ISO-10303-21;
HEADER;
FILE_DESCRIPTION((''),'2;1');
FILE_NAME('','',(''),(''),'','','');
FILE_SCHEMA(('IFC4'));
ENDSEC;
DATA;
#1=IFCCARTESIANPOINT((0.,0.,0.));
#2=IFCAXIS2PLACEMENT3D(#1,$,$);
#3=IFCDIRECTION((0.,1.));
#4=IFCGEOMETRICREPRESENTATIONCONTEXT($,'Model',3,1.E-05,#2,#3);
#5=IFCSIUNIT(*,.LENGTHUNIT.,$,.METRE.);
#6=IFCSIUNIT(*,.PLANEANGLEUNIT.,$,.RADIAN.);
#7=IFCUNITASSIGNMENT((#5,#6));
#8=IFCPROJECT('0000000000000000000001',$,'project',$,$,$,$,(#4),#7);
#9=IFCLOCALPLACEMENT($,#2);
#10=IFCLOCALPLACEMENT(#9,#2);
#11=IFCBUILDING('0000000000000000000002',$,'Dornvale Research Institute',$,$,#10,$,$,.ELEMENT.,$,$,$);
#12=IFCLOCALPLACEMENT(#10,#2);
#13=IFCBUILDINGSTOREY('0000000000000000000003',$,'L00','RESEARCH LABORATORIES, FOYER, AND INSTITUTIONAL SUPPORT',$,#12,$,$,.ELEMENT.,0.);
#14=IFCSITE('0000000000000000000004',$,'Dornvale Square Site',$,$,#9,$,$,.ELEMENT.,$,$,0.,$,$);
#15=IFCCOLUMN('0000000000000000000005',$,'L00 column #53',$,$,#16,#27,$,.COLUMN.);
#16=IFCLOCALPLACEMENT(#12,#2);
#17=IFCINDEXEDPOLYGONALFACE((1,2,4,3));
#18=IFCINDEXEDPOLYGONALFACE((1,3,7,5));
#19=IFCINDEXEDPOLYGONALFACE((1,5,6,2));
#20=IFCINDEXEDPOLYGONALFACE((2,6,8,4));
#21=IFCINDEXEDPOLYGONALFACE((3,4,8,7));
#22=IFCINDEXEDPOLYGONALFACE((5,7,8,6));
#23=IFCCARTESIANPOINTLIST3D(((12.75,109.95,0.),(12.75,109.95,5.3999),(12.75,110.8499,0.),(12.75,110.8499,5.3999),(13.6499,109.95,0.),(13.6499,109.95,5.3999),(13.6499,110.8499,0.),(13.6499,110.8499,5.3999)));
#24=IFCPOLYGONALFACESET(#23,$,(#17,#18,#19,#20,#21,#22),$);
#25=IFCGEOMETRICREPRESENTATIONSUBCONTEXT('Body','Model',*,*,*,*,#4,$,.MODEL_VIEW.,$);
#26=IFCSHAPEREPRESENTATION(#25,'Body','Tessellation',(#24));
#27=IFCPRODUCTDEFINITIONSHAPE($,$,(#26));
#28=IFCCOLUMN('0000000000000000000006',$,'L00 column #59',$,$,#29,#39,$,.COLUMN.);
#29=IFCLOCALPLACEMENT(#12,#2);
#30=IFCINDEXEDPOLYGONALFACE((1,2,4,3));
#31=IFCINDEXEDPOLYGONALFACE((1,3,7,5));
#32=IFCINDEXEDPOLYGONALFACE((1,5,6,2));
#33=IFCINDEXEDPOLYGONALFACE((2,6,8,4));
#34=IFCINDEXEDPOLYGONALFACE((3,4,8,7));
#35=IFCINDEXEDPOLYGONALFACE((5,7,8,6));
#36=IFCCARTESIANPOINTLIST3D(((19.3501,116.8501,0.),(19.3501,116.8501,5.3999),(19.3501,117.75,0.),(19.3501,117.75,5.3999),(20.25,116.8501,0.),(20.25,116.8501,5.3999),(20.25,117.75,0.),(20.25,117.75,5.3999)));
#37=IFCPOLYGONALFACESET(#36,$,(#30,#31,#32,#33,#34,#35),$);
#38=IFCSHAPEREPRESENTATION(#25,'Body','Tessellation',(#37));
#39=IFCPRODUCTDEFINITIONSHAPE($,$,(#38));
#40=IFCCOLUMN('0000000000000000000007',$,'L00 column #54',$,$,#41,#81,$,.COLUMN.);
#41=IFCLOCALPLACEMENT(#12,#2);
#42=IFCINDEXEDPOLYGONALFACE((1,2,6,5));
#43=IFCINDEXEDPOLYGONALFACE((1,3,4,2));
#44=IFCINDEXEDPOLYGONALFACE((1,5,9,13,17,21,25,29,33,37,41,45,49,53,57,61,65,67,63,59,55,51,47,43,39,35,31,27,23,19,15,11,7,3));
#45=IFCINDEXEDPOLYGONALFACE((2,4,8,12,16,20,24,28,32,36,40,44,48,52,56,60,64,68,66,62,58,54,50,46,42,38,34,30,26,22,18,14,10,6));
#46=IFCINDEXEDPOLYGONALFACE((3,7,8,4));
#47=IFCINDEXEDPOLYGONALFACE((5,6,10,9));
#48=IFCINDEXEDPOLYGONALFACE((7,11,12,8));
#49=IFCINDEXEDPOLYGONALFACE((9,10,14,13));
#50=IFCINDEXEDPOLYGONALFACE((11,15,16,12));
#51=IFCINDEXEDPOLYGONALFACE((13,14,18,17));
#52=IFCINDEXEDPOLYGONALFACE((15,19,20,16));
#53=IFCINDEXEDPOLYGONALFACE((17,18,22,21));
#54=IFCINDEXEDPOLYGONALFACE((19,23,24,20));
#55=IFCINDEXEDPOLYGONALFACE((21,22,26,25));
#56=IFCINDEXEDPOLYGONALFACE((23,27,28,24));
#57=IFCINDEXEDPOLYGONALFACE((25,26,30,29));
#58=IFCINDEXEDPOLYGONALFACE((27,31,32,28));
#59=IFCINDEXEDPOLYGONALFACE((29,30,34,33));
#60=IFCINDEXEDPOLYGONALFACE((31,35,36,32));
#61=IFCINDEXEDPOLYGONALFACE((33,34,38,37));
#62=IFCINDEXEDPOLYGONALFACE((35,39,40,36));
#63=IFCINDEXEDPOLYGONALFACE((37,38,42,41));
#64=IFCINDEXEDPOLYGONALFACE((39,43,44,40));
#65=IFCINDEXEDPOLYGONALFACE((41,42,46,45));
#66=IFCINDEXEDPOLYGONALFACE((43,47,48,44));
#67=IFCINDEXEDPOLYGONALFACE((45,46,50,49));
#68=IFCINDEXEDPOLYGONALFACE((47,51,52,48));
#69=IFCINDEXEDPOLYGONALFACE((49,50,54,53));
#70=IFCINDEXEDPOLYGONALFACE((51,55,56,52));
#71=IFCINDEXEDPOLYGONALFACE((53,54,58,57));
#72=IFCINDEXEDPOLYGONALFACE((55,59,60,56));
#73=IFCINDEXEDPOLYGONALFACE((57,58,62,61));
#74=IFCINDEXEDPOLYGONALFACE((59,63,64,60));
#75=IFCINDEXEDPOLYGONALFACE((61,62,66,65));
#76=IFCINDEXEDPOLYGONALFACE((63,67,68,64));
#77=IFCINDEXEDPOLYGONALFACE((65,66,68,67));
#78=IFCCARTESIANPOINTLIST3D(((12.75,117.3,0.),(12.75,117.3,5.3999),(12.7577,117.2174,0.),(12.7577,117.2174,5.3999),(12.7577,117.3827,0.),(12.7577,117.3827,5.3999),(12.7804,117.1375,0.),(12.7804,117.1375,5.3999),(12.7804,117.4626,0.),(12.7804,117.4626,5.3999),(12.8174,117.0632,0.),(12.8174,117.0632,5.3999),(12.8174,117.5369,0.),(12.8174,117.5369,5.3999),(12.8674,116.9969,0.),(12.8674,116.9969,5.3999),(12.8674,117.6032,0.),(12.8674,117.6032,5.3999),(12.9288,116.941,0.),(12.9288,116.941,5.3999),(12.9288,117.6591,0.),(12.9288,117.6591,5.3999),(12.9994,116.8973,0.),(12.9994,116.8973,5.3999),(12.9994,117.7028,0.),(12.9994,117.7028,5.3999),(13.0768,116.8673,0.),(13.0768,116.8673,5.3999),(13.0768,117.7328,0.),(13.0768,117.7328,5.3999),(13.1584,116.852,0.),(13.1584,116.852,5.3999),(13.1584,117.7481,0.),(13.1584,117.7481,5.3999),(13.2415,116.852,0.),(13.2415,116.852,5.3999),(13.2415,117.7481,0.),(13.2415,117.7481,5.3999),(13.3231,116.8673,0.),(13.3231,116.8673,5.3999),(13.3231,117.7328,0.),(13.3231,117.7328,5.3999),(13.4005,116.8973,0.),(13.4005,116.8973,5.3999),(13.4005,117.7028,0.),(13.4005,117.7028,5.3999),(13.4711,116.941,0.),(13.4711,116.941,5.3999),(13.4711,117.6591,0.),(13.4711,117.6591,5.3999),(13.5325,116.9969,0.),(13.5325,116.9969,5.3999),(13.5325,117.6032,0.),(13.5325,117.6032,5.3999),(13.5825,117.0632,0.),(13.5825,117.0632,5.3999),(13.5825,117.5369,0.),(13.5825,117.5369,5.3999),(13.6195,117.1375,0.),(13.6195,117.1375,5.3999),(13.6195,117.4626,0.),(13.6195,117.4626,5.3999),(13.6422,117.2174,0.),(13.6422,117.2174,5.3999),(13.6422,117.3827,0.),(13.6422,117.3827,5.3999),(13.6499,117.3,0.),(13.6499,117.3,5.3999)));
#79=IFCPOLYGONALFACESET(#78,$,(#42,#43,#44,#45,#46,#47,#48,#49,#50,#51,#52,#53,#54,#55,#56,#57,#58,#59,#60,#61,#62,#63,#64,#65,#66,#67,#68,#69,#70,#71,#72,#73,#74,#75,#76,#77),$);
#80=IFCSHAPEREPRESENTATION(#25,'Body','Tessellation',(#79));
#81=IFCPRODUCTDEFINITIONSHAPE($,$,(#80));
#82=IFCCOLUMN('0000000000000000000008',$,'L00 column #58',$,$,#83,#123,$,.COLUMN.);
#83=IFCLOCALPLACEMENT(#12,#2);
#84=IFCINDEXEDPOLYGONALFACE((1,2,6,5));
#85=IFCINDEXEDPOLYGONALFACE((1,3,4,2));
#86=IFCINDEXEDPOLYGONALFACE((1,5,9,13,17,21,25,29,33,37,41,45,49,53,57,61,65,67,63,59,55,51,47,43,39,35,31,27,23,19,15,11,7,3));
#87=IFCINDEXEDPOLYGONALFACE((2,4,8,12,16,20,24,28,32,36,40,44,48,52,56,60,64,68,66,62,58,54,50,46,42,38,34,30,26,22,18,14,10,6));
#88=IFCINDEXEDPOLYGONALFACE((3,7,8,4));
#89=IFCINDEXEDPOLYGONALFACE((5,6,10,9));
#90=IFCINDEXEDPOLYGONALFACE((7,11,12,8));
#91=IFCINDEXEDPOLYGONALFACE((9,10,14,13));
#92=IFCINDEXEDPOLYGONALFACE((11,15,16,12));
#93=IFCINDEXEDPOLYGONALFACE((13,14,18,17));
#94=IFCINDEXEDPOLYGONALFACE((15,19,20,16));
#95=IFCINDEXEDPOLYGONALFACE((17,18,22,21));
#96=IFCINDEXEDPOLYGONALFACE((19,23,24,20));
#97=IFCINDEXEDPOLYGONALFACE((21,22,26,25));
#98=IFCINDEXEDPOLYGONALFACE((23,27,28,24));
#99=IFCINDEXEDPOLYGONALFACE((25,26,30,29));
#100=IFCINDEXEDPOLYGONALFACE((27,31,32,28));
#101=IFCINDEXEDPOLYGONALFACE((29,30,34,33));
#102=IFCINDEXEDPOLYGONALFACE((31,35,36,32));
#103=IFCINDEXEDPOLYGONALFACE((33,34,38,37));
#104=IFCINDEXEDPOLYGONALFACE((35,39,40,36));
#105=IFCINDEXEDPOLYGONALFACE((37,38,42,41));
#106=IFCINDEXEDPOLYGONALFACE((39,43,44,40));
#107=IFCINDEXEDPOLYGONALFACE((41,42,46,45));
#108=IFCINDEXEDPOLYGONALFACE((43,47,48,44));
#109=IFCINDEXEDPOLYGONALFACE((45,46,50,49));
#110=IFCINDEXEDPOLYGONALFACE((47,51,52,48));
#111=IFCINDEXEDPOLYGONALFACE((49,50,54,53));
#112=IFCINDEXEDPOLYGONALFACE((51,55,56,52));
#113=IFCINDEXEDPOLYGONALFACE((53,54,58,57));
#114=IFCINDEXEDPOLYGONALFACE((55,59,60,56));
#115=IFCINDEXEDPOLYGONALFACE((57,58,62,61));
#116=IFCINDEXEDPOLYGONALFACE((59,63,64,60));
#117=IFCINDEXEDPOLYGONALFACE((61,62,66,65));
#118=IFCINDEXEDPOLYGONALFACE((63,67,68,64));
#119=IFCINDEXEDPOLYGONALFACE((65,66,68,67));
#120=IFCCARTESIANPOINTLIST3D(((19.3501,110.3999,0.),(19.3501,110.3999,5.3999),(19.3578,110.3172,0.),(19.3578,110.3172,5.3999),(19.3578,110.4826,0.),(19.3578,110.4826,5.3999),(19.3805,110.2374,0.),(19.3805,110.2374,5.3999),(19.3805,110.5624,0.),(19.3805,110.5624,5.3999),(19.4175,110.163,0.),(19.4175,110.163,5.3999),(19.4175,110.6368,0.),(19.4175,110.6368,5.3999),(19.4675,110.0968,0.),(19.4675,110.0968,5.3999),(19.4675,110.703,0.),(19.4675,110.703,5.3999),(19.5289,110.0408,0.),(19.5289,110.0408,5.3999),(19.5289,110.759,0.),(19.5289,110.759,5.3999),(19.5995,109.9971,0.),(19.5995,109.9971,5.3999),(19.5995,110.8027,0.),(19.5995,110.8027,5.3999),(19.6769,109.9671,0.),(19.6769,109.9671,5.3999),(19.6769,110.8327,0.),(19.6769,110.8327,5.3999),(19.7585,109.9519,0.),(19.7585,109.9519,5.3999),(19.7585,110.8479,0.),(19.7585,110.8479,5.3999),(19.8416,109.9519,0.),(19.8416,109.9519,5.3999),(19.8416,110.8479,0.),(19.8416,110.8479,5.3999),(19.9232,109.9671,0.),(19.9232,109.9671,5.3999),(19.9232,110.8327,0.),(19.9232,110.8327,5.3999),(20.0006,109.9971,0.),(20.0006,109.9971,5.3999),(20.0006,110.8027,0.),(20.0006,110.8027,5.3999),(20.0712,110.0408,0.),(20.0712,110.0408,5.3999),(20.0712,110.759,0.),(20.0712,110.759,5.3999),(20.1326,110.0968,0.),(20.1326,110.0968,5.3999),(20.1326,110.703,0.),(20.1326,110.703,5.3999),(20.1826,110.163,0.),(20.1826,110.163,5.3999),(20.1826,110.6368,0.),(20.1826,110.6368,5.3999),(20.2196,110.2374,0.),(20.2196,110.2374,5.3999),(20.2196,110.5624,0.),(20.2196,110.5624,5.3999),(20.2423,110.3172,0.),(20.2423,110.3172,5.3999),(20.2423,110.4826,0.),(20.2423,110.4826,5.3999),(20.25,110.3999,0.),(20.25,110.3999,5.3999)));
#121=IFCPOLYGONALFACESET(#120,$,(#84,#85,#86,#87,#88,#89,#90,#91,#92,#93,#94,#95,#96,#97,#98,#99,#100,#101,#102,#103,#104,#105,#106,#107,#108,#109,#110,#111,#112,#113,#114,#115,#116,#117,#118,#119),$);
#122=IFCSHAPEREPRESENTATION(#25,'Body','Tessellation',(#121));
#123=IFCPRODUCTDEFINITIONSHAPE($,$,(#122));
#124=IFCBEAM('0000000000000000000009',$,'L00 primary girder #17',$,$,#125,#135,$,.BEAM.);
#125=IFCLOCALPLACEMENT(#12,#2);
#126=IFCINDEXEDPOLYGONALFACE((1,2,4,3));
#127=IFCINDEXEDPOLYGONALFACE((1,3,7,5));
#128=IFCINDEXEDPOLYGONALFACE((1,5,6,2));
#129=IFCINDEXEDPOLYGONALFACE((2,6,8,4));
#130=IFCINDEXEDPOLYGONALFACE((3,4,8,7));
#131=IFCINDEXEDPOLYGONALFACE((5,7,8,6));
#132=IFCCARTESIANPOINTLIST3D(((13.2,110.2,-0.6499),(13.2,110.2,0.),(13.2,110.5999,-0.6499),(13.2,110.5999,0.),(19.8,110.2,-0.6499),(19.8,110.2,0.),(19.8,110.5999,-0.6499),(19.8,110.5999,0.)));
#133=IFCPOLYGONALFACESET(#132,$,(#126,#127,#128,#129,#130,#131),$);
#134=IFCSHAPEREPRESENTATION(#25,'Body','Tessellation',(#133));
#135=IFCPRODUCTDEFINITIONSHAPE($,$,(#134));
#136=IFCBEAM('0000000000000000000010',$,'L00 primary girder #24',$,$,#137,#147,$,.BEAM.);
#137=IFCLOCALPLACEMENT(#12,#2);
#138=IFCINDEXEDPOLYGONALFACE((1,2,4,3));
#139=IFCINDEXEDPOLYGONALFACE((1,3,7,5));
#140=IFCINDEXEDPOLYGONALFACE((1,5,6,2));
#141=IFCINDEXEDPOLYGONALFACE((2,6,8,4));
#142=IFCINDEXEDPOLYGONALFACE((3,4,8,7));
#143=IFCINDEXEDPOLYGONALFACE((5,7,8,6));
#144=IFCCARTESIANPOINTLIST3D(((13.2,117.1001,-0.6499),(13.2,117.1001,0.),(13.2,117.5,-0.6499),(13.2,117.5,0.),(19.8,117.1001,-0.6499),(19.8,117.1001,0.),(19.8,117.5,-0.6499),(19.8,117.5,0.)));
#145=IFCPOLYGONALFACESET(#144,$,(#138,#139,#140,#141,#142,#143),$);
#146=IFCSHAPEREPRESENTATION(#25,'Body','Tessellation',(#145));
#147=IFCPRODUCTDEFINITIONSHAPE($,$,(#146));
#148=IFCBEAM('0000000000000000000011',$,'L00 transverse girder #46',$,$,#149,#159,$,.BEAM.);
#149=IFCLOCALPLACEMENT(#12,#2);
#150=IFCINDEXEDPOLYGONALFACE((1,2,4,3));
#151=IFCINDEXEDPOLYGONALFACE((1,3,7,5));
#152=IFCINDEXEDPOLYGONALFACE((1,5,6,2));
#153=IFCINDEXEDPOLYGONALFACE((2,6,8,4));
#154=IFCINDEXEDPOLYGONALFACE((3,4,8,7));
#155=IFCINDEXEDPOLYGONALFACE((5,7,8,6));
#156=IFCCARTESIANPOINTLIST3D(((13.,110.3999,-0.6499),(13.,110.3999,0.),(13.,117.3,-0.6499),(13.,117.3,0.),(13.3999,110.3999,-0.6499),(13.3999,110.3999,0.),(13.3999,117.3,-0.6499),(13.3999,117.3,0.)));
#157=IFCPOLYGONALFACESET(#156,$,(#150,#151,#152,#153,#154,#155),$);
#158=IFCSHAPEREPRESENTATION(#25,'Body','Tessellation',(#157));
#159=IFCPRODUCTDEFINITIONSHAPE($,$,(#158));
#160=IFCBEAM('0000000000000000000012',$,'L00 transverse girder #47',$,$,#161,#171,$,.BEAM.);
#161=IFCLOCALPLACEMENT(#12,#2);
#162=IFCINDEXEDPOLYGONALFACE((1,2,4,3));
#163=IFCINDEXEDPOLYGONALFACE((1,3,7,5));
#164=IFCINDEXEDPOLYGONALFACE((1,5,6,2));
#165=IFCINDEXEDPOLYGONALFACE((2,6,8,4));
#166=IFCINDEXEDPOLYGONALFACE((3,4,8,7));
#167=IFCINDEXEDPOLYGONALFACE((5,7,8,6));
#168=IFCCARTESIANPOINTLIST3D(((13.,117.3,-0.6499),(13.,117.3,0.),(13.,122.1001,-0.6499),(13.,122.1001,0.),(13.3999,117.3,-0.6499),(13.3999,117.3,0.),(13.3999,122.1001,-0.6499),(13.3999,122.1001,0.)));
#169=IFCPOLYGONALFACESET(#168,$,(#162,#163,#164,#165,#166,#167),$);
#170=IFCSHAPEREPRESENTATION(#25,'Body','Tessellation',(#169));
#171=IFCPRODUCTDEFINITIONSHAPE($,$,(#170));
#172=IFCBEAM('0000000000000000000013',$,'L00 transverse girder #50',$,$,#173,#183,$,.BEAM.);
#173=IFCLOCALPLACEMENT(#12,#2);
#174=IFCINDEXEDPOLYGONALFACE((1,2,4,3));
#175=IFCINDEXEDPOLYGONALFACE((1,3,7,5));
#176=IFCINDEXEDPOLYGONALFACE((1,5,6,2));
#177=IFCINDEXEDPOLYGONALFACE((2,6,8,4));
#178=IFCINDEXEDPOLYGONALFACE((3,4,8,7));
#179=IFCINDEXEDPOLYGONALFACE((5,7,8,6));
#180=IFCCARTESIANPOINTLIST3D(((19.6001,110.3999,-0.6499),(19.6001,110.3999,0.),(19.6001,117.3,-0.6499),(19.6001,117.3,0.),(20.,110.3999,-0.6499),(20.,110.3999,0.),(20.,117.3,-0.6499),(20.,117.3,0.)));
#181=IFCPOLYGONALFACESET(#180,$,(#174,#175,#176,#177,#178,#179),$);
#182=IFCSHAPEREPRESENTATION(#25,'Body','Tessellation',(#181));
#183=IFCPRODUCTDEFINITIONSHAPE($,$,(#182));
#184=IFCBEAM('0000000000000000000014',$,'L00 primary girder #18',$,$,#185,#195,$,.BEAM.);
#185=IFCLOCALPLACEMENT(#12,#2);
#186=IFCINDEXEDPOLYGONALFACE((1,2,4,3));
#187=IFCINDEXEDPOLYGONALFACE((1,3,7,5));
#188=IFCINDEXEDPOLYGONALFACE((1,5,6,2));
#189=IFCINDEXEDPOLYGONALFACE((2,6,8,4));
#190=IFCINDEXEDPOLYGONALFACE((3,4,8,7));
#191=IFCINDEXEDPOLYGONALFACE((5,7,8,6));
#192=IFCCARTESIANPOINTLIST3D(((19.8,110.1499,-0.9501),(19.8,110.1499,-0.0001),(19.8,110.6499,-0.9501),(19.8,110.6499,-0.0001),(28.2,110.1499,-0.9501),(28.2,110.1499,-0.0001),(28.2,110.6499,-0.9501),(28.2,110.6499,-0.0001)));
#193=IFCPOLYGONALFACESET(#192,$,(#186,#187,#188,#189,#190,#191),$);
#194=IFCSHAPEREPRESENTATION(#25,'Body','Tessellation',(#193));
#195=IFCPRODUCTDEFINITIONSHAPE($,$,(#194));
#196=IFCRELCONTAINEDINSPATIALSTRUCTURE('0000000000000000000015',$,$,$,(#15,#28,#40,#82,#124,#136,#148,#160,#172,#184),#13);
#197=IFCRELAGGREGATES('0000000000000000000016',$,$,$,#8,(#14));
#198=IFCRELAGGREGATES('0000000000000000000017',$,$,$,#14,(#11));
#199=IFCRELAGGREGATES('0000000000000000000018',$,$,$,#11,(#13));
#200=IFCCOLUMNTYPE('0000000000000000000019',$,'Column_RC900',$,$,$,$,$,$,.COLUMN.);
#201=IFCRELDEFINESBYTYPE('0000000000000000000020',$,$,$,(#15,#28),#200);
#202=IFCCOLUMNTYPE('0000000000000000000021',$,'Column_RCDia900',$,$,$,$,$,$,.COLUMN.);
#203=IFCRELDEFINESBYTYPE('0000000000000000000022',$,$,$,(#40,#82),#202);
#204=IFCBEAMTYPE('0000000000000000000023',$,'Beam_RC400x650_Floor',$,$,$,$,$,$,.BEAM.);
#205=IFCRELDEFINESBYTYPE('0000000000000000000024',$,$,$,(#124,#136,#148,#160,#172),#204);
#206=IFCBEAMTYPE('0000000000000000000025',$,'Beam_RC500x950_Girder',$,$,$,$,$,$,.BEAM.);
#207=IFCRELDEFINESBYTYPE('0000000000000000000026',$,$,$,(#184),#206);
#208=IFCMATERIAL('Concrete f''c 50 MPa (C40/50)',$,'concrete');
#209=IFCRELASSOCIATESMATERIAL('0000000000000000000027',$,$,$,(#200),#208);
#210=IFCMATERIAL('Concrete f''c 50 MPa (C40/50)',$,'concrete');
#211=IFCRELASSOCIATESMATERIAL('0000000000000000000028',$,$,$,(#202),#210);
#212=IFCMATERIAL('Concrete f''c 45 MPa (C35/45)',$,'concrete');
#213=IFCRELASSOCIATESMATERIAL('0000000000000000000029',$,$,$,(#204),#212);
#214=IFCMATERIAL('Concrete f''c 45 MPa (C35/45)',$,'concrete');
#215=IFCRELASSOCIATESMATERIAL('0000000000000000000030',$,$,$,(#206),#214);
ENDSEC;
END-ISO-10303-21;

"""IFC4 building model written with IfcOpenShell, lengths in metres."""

from ifc_helpers import new_model, si_unit, direction, frame, origin, origin_2d, place, context, subcontext, project, spatial, rectangle, circle, extrude, material, material_profile, profile_set, type_object, element, save


model = new_model("IFC4")

# Units and contexts
model_context = context("Model", 3, precision=1e-05, world=origin(), true_north=direction((0.0, 1.0)))
body_context = subcontext(model_context, "Body", "Model", "MODEL_VIEW")
ifc_project = project(units=[si_unit("LENGTHUNIT", "METRE"), si_unit("PLANEANGLEUNIT", "RADIAN")], contexts=[model_context])

# Site, building, storey
site_placement = place(None, origin())
site = spatial("IfcSite", under=ifc_project, at=site_placement, Name="Dornvale Square Site", CompositionType="ELEMENT", RefElevation=0.0)
building_placement = place(site_placement, origin())
building = spatial("IfcBuilding", under=site, at=building_placement, Name="Dornvale Research Institute", CompositionType="ELEMENT")
storey_placement = place(building_placement, origin())
storey = spatial("IfcBuildingStorey", under=building, at=storey_placement, Name="L00", Description="RESEARCH LABORATORIES, FOYER, AND INSTITUTIONAL SUPPORT", CompositionType="ELEMENT", Elevation=0.0)

# Columns
ifc_material_1 = material(Name="Concrete f'c 50 MPa (C40/50)", Category="concrete")
ifc_material_profile_1 = material_profile(ifc_material_1, rectangle(XDim=0.8999, YDim=0.8999, at=origin_2d()), Name="RC 900x900")
ifc_profile_set_1 = profile_set([ifc_material_profile_1], Name="Concrete f'c 50 MPa (C40/50)")
column_type_1 = type_object("IfcColumnType", Name="Column_RC900", PredefinedType="COLUMN", material=ifc_profile_set_1)
for number, where, z_axis, x_axis, name in (
    (1, (13.2, 110.3999, 0.0), (0.0, 0.0, 1.0), (1.0, 0.0, 0.0), "L00 column #53"),
    (2, (19.8, 117.3, 0.0), (0.0, 0.0, 1.0), (1.0, 0.0, 0.0), "L00 column #59"),
):
    element("IfcColumn", number, at=place(storey_placement, frame(where, z_axis=z_axis, x_axis=x_axis)), inside=storey, type_object=column_type_1, Name=name, PredefinedType="COLUMN", context=body_context, shape_type="SweptSolid", body=[
        extrude(rectangle(XDim=0.8999, YDim=0.8999, at=origin_2d()), origin(), (0.0, 0.0, 1.0), 5.3999),
    ])
ifc_material_2 = material(Name="Concrete f'c 50 MPa (C40/50)", Category="concrete")
ifc_material_profile_2 = material_profile(ifc_material_2, circle(Radius=0.45, at=origin_2d()), Name="RC DIA 900")
ifc_profile_set_2 = profile_set([ifc_material_profile_2], Name="Concrete f'c 50 MPa (C40/50)")
column_type_2 = type_object("IfcColumnType", Name="Column_RCDia900", PredefinedType="COLUMN", material=ifc_profile_set_2)
for number, where, z_axis, x_axis, name in (
    (3, (13.2, 117.3, 0.0), (0.0, 0.0, 1.0), (1.0, 0.0, 0.0), "L00 column #54"),
    (4, (19.8, 110.3999, 0.0), (0.0, 0.0, 1.0), (1.0, 0.0, 0.0), "L00 column #58"),
):
    element("IfcColumn", number, at=place(storey_placement, frame(where, z_axis=z_axis, x_axis=x_axis)), inside=storey, type_object=column_type_2, Name=name, PredefinedType="COLUMN", context=body_context, shape_type="SweptSolid", body=[
        extrude(circle(Radius=0.45, at=origin_2d()), origin(), (0.0, 0.0, 1.0), 5.3999),
    ])

# Beams
ifc_material_3 = material(Name="Concrete f'c 45 MPa (C35/45)", Category="concrete")
ifc_material_profile_3 = material_profile(ifc_material_3, rectangle(XDim=0.3999, YDim=0.6499, at=origin_2d()), Name="RC 400x650")
ifc_profile_set_3 = profile_set([ifc_material_profile_3], Name="Concrete f'c 45 MPa (C35/45)")
beam_type_1 = type_object("IfcBeamType", Name="Beam_RC400x650_Floor", PredefinedType="BEAM", material=ifc_profile_set_3)
for number, where, z_axis, x_axis, name in (
    (5, (13.2, 110.3999, -0.325), (1.0, 0.0, 0.0), (0.0, 1.0, 0.0), "L00 primary girder #17"),
    (6, (13.2, 117.3, -0.325), (1.0, 0.0, 0.0), (0.0, 1.0, 0.0), "L00 primary girder #24"),
):
    element("IfcBeam", number, at=place(storey_placement, frame(where, z_axis=z_axis, x_axis=x_axis)), inside=storey, type_object=beam_type_1, Name=name, PredefinedType="BEAM", context=body_context, shape_type="SweptSolid", body=[
        extrude(rectangle(XDim=0.3999, YDim=0.6499, at=origin_2d()), origin(), (0.0, 0.0, 1.0), 6.6001),
    ])
beam_1_placement = place(storey_placement, frame((13.2, 110.3999, -0.325), z_axis=(0.0, 1.0, 0.0), x_axis=(-1.0, 0.0, 0.0)))
element("IfcBeam", 7, at=beam_1_placement, inside=storey, type_object=beam_type_1, Name="L00 transverse girder #46", PredefinedType="BEAM", context=body_context, shape_type="SweptSolid", body=[
    extrude(rectangle(XDim=0.3999, YDim=0.6499, at=origin_2d()), origin(), (0.0, 0.0, 1.0), 6.9001),
])
beam_2_placement = place(storey_placement, frame((13.2, 117.3, -0.325), z_axis=(0.0, 1.0, 0.0), x_axis=(-1.0, 0.0, 0.0)))
element("IfcBeam", 8, at=beam_2_placement, inside=storey, type_object=beam_type_1, Name="L00 transverse girder #47", PredefinedType="BEAM", context=body_context, shape_type="SweptSolid", body=[
    extrude(rectangle(XDim=0.3999, YDim=0.6499, at=origin_2d()), origin(), (0.0, 0.0, 1.0), 4.8),
])
beam_3_placement = place(storey_placement, frame((19.8, 110.3999, -0.325), z_axis=(0.0, 1.0, 0.0), x_axis=(-1.0, 0.0, 0.0)))
element("IfcBeam", 9, at=beam_3_placement, inside=storey, type_object=beam_type_1, Name="L00 transverse girder #50", PredefinedType="BEAM", context=body_context, shape_type="SweptSolid", body=[
    extrude(rectangle(XDim=0.3999, YDim=0.6499, at=origin_2d()), origin(), (0.0, 0.0, 1.0), 6.9001),
])
ifc_material_4 = material(Name="Concrete f'c 45 MPa (C35/45)", Category="concrete")
ifc_material_profile_4 = material_profile(ifc_material_4, rectangle(XDim=0.5, YDim=0.95, at=origin_2d()), Name="RC 500x950")
ifc_profile_set_4 = profile_set([ifc_material_profile_4], Name="Concrete f'c 45 MPa (C35/45)")
beam_type_2 = type_object("IfcBeamType", Name="Beam_RC500x950_Girder", PredefinedType="BEAM", material=ifc_profile_set_4)
beam_4_placement = place(storey_placement, frame((19.8, 110.3999, -0.4751), z_axis=(1.0, 0.0, 0.0), x_axis=(0.0, 1.0, 0.0)))
element("IfcBeam", 10, at=beam_4_placement, inside=storey, type_object=beam_type_2, Name="L00 primary girder #18", PredefinedType="BEAM", context=body_context, shape_type="SweptSolid", body=[
    extrude(rectangle(XDim=0.5, YDim=0.95, at=origin_2d()), origin(), (0.0, 0.0, 1.0), 8.3999),
])

save(model, "model.ifc")
